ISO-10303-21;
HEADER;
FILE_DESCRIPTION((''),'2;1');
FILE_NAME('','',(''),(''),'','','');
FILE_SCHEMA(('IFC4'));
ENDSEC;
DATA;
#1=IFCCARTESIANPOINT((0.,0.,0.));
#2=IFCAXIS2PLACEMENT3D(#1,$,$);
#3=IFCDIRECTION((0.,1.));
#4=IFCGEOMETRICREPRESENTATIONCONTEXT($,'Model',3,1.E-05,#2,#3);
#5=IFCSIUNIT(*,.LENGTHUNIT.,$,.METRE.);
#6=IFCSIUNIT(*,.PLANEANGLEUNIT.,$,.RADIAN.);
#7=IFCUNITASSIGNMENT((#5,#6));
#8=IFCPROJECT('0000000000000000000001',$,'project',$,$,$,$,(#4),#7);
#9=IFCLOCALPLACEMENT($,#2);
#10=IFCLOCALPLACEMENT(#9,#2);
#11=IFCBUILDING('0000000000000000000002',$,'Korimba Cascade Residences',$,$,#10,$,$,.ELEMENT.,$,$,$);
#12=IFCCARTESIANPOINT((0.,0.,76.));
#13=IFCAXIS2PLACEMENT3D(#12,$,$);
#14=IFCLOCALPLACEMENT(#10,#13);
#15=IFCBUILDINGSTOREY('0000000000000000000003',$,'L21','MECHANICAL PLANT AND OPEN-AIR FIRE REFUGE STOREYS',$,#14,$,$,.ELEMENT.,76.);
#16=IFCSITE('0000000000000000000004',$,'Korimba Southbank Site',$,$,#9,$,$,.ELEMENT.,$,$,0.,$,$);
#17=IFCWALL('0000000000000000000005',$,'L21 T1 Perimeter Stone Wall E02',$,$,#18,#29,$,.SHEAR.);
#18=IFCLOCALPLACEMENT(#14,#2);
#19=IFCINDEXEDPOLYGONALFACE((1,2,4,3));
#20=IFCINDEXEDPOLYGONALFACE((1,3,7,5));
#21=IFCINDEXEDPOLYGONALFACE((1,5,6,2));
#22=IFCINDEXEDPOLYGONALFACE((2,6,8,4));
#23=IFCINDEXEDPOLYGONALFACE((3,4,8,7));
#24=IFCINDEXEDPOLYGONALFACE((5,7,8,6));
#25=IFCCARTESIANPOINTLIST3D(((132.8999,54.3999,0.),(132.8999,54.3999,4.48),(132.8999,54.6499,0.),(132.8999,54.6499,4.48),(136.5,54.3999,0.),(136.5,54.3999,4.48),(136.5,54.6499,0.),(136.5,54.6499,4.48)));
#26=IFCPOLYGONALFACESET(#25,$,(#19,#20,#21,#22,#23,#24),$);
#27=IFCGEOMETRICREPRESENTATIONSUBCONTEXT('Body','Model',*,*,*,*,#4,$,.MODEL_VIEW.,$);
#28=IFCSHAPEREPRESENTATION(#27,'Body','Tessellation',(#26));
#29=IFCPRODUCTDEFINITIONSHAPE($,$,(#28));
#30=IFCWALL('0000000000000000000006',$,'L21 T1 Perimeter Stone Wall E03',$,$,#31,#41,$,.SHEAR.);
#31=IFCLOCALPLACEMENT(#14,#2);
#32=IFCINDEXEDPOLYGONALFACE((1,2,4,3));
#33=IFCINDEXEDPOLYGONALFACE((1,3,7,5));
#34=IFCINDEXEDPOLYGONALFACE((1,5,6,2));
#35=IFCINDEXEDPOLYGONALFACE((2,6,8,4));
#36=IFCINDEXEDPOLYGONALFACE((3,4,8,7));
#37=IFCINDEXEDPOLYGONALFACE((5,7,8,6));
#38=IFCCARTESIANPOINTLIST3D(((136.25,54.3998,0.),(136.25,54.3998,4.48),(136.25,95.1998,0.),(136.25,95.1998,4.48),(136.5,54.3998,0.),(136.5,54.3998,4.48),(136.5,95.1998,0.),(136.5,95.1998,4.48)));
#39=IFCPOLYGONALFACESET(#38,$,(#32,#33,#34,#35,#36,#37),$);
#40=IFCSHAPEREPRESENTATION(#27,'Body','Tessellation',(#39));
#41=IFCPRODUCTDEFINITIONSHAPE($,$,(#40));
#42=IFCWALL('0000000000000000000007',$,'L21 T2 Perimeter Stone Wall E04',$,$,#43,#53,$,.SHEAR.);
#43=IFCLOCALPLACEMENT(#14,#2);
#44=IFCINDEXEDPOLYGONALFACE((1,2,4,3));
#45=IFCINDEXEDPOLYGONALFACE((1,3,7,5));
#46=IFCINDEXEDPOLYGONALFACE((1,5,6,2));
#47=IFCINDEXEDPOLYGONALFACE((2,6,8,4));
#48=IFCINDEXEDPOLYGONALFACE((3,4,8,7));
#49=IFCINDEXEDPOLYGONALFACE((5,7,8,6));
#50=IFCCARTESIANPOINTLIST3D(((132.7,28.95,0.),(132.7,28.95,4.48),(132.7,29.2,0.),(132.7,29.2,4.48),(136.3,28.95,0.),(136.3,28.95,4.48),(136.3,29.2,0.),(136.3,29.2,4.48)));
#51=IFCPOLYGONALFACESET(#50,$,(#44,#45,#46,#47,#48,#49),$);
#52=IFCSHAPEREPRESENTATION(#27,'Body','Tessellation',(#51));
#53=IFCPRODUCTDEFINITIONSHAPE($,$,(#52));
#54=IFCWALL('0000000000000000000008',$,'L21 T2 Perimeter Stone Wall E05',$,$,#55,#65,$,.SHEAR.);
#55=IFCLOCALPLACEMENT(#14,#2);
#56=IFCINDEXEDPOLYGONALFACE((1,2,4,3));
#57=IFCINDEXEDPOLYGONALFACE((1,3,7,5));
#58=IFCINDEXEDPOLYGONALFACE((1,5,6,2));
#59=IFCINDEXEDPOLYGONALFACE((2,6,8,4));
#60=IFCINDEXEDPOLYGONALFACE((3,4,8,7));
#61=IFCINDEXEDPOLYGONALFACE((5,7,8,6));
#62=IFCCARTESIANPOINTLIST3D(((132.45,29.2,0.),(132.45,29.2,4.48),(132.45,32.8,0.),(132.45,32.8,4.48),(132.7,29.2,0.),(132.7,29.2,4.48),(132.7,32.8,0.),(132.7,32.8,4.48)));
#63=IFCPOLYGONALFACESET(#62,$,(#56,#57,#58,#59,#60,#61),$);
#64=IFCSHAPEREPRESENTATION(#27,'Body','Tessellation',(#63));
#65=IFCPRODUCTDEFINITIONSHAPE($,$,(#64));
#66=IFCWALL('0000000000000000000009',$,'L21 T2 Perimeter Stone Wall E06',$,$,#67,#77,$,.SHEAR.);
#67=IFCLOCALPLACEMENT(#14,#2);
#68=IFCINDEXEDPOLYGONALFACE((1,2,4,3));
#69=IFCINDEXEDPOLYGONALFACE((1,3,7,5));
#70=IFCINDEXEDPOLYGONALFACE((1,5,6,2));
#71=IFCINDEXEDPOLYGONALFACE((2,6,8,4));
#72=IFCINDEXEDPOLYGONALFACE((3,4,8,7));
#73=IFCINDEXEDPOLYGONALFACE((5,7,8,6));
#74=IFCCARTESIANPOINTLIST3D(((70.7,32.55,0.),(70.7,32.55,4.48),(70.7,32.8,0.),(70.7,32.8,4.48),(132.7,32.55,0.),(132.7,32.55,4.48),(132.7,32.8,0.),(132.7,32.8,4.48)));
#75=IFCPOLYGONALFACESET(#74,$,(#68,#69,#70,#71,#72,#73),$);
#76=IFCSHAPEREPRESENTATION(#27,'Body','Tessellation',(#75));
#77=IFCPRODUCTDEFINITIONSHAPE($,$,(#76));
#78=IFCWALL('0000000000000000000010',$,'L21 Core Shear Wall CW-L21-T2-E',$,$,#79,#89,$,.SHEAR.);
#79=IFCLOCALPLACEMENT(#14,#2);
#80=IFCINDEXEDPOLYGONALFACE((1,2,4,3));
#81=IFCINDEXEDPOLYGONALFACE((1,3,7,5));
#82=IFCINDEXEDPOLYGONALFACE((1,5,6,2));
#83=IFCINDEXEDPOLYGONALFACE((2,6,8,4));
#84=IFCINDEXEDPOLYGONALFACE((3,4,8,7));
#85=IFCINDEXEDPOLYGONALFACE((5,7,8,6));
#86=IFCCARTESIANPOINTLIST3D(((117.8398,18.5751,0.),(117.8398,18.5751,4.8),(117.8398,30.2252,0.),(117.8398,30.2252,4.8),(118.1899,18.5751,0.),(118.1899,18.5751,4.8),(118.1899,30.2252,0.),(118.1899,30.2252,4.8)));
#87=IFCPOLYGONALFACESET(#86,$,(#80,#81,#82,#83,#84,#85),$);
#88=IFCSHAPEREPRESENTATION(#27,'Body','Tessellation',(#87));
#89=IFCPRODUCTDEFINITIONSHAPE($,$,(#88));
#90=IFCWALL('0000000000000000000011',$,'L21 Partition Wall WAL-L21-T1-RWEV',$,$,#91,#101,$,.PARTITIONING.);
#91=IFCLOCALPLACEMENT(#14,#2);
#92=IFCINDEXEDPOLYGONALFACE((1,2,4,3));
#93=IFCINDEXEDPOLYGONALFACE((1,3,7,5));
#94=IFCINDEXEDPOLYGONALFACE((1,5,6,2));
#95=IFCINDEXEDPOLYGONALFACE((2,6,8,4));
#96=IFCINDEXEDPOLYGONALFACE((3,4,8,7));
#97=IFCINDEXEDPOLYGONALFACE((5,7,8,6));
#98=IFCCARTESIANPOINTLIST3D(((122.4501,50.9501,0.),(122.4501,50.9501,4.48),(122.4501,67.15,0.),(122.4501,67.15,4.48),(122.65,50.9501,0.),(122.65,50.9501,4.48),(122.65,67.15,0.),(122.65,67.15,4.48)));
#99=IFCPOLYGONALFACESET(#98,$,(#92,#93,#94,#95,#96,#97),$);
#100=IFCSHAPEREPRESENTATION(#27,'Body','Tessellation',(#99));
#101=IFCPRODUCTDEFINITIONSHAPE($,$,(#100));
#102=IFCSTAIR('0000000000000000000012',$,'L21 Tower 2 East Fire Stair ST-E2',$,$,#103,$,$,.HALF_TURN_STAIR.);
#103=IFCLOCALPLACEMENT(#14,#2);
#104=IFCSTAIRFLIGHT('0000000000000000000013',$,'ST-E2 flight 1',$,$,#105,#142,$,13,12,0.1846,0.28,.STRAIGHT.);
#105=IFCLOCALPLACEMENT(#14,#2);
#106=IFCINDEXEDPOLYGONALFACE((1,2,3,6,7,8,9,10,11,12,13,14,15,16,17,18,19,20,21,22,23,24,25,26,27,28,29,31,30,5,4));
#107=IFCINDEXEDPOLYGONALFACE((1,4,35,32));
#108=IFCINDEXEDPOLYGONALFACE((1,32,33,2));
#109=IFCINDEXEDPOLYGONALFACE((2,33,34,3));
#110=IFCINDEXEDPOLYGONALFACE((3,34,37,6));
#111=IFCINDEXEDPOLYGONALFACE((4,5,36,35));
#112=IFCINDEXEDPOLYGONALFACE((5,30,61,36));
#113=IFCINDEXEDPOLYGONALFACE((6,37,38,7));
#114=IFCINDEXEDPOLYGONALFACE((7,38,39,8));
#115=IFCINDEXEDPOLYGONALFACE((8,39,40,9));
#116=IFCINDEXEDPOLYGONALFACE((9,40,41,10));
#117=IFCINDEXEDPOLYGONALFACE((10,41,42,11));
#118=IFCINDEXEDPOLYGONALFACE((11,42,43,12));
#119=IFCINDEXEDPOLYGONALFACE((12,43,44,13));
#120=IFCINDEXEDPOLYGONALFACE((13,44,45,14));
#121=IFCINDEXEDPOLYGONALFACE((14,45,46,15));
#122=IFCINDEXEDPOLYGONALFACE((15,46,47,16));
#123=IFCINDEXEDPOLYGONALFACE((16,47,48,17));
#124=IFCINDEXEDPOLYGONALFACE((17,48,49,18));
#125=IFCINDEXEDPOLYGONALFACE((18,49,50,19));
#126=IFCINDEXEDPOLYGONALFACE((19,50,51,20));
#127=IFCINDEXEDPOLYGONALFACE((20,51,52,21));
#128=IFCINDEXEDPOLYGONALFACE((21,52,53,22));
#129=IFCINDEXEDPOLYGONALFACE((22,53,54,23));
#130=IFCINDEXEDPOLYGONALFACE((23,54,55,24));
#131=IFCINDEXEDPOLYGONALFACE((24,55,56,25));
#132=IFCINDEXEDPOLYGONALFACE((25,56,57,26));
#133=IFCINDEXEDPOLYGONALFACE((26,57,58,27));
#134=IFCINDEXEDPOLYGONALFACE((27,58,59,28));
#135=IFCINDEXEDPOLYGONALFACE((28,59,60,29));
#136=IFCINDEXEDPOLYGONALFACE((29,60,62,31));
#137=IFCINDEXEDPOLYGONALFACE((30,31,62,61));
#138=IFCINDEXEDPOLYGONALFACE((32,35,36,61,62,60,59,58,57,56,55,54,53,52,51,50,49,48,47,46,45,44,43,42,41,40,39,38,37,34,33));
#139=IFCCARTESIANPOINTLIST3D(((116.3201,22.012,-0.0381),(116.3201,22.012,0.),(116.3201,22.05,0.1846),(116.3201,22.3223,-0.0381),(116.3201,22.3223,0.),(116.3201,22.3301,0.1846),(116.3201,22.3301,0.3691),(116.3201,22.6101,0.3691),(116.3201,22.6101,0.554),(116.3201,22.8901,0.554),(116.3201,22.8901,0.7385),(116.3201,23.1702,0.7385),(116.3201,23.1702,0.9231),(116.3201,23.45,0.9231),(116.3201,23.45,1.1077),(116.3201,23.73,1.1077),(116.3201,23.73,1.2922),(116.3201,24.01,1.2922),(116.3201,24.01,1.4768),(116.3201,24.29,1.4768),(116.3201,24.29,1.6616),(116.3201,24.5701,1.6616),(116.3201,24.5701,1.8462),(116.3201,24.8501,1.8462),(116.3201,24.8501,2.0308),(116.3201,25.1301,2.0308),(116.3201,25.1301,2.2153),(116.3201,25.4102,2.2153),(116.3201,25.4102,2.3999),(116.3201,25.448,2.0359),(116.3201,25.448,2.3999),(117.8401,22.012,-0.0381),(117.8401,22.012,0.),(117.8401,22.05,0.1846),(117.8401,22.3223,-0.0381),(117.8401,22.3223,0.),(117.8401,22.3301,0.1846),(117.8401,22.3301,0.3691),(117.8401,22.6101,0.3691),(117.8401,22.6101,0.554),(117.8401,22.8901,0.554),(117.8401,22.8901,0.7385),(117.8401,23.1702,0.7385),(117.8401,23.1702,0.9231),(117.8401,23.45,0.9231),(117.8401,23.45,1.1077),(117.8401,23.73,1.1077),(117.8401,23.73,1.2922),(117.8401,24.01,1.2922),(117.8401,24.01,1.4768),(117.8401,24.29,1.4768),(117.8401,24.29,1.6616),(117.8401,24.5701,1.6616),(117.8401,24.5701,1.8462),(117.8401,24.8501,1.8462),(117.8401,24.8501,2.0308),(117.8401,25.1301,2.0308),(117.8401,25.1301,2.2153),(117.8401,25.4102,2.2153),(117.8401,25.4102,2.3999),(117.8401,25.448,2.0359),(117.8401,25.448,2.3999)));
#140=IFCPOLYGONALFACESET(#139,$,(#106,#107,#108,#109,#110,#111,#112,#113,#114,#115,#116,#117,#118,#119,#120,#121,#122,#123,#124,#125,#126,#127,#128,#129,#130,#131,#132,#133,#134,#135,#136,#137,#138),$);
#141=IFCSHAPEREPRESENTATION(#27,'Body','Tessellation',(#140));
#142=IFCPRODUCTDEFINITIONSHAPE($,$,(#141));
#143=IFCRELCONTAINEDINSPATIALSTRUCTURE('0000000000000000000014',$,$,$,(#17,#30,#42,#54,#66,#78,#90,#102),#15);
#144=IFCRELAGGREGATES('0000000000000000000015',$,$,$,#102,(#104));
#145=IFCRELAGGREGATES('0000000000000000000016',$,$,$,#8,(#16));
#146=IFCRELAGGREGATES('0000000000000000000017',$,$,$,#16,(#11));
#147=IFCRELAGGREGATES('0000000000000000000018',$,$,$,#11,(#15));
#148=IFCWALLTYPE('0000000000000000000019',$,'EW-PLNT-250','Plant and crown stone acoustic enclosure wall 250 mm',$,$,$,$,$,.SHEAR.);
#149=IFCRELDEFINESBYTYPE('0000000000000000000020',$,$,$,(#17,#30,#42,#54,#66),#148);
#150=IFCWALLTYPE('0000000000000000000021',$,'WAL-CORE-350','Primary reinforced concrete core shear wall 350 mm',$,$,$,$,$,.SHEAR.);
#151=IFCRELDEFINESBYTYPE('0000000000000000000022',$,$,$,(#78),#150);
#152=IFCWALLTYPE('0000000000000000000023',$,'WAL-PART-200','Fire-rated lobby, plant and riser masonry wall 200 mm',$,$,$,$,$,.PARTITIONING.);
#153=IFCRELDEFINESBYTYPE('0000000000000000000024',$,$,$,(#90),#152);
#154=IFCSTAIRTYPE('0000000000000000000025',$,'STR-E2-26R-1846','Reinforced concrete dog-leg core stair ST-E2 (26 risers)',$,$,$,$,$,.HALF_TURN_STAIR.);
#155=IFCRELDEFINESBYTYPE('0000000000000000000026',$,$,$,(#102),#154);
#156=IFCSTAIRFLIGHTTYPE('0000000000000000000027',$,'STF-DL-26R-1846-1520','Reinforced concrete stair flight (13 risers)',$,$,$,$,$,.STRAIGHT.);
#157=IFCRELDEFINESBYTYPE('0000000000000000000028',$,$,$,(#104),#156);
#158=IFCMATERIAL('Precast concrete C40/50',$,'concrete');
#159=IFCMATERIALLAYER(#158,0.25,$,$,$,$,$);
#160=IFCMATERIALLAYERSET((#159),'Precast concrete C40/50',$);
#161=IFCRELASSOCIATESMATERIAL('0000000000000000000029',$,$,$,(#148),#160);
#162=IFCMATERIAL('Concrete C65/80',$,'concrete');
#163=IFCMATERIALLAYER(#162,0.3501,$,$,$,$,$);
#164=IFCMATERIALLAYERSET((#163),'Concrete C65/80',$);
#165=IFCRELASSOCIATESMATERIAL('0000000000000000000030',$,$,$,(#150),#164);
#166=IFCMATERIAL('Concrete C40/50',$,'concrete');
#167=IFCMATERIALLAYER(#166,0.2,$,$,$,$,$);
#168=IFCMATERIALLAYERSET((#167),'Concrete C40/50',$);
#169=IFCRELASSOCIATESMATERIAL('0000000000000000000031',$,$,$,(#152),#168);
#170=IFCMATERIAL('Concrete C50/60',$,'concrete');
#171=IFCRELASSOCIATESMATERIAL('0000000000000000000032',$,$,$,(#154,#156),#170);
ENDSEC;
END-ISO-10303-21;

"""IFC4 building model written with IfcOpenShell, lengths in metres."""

from ifc_helpers import new_model, si_unit, direction, frame, frame_2d, origin, place, context, subcontext, project, spatial, polyline, rectangle, outline, extrude, material, layer, layer_set, type_object, element, aggregate, save


model = new_model("IFC4")

# Units and contexts
model_context = context("Model", 3, precision=1e-05, world=origin(), true_north=direction((0.0, 1.0)))
body_context = subcontext(model_context, "Body", "Model", "MODEL_VIEW")
ifc_project = project(units=[si_unit("LENGTHUNIT", "METRE"), si_unit("PLANEANGLEUNIT", "RADIAN")], contexts=[model_context])

# Site, building, storey
site_placement = place(None, origin())
site = spatial("IfcSite", under=ifc_project, at=site_placement, Name="Korimba Southbank Site", CompositionType="ELEMENT", RefElevation=0.0)
building_placement = place(site_placement, origin())
building = spatial("IfcBuilding", under=site, at=building_placement, Name="Korimba Cascade Residences", CompositionType="ELEMENT")
storey_placement = place(building_placement, frame((0.0, 0.0, 76.0)))
storey = spatial("IfcBuildingStorey", under=building, at=storey_placement, Name="L21", Description="MECHANICAL PLANT AND OPEN-AIR FIRE REFUGE STOREYS", CompositionType="ELEMENT", Elevation=76.0)

# Shared definitions
ifc_material_1 = material(Name="Concrete C65/80", Category="concrete")

# Walls
ifc_material_2 = material(Name="Precast concrete C40/50", Category="concrete")
ifc_layer_1 = layer(ifc_material_2, 0.25)
ifc_layer_set_1 = layer_set([ifc_layer_1], Name="Precast concrete C40/50")
wall_type_1 = type_object("IfcWallType", Name="EW-PLNT-250", Description="Plant and crown stone acoustic enclosure wall 250 mm", PredefinedType="SHEAR", material=ifc_layer_set_1)
wall_1_placement = place(storey_placement, frame((132.8999, 54.5249, 0.0), z_axis=(0.0, 0.0, 1.0), x_axis=(1.0, 0.0, 0.0)))
element("IfcWall", 1, at=wall_1_placement, inside=storey, type_object=wall_type_1, Name="L21 T1 Perimeter Stone Wall E02", PredefinedType="SHEAR", context=body_context, shape_type="SweptSolid", body=[
    extrude(rectangle(XDim=3.6001, YDim=0.25, at=frame_2d((1.8, 0.0))), origin(), (0.0, 0.0, 1.0), 4.48),
])
wall_2_placement = place(storey_placement, frame((136.375, 54.3999, 0.0), z_axis=(0.0, 0.0, 1.0), x_axis=(0.0, 1.0, 0.0)))
element("IfcWall", 2, at=wall_2_placement, inside=storey, type_object=wall_type_1, Name="L21 T1 Perimeter Stone Wall E03", PredefinedType="SHEAR", context=body_context, shape_type="SweptSolid", body=[
    extrude(rectangle(XDim=40.8, YDim=0.25, at=frame_2d((20.3999, 0.0))), origin(), (0.0, 0.0, 1.0), 4.48),
])
for number, where, z_axis, x_axis, name in (
    (3, (136.3, 29.075, 0.0), (0.0, 0.0, 1.0), (-1.0, 0.0, 0.0), "L21 T2 Perimeter Stone Wall E04"),
    (4, (132.575, 29.2, 0.0), (0.0, 0.0, 1.0), (0.0, 1.0, 0.0), "L21 T2 Perimeter Stone Wall E05"),
):
    element("IfcWall", number, at=place(storey_placement, frame(where, z_axis=z_axis, x_axis=x_axis)), inside=storey, type_object=wall_type_1, Name=name, PredefinedType="SHEAR", context=body_context, shape_type="SweptSolid", body=[
        extrude(rectangle(XDim=3.6001, YDim=0.25, at=frame_2d((1.8, 0.0))), origin(), (0.0, 0.0, 1.0), 4.48),
    ])
wall_3_placement = place(storey_placement, frame((132.7, 32.675, 0.0), z_axis=(0.0, 0.0, 1.0), x_axis=(-1.0, 0.0, 0.0)))
element("IfcWall", 5, at=wall_3_placement, inside=storey, type_object=wall_type_1, Name="L21 T2 Perimeter Stone Wall E06", PredefinedType="SHEAR", context=body_context, shape_type="SweptSolid", body=[
    extrude(rectangle(XDim=62.0, YDim=0.25, at=frame_2d((31.0, 0.0))), origin(), (0.0, 0.0, 1.0), 4.48),
])
ifc_layer_2 = layer(ifc_material_1, 0.3501)
ifc_layer_set_2 = layer_set([ifc_layer_2], Name="Concrete C65/80")
wall_type_2 = type_object("IfcWallType", Name="WAL-CORE-350", Description="Primary reinforced concrete core shear wall 350 mm", PredefinedType="SHEAR", material=ifc_layer_set_2)
wall_4_placement = place(storey_placement, frame((118.0149, 18.575, 0.0), z_axis=(0.0, 0.0, 1.0), x_axis=(0.0, 1.0, 0.0)))
element("IfcWall", 6, at=wall_4_placement, inside=storey, type_object=wall_type_2, Name="L21 Core Shear Wall CW-L21-T2-E", PredefinedType="SHEAR", context=body_context, shape_type="SweptSolid", body=[
    extrude(rectangle(XDim=11.6501, YDim=0.3501, at=frame_2d((5.8252, 0.0))), origin(), (0.0, 0.0, 1.0), 4.8),
])
ifc_material_3 = material(Name="Concrete C40/50", Category="concrete")
ifc_layer_3 = layer(ifc_material_3, 0.2)
ifc_layer_set_3 = layer_set([ifc_layer_3], Name="Concrete C40/50")
wall_type_3 = type_object("IfcWallType", Name="WAL-PART-200", Description="Fire-rated lobby, plant and riser masonry wall 200 mm", PredefinedType="PARTITIONING", material=ifc_layer_set_3)
wall_5_placement = place(storey_placement, frame((122.55, 50.95, 0.0), z_axis=(0.0, 0.0, 1.0), x_axis=(0.0, 1.0, 0.0)))
element("IfcWall", 7, at=wall_5_placement, inside=storey, type_object=wall_type_3, Name="L21 Partition Wall WAL-L21-T1-RWEV", PredefinedType="PARTITIONING", context=body_context, shape_type="SweptSolid", body=[
    extrude(rectangle(XDim=16.2, YDim=0.2, at=frame_2d((8.1001, 0.0))), origin(), (0.0, 0.0, 1.0), 4.48),
])

# Stair, stair flight
ifc_material_4 = material(Name="Concrete C50/60", Category="concrete")
stair_type = type_object("IfcStairType", Name="STR-E2-26R-1846", Description="Reinforced concrete dog-leg core stair ST-E2 (26 risers)", PredefinedType="HALF_TURN_STAIR", material=ifc_material_4)
stair_placement = place(storey_placement, origin())
stair = element("IfcStair", 8, at=stair_placement, inside=storey, type_object=stair_type, Name="L21 Tower 2 East Fire Stair ST-E2", PredefinedType="HALF_TURN_STAIR")
stair_flight_type = type_object("IfcStairFlightType", Name="STF-DL-26R-1846-1520", Description="Reinforced concrete stair flight (13 risers)", PredefinedType="STRAIGHT", material=ifc_material_4)
stair_flight_placement = place(storey_placement, frame((117.0801, 22.05, 0.0), z_axis=(0.0, 0.0, 1.0), x_axis=(0.0, 1.0, 0.0)))
stair_flight = element("IfcStairFlight", 9, at=stair_flight_placement, type_object=stair_flight_type, Name="ST-E2 flight 1", NumberOfRisers=13, NumberOfTreads=12, PredefinedType="STRAIGHT", RiserHeight=0.1846, TreadLength=0.28, context=body_context, shape_type="SweptSolid", body=[
    extrude(outline(polyline([(-0.0381, 0.0), (0.0, 0.1846), (0.28, 0.1846), (0.28, 0.3691), (0.5601, 0.3691), (0.5601, 0.554), (0.8401, 0.554), (0.8401, 0.7385), (1.1201, 0.7385), (1.1201, 0.9231), (1.3999, 0.9231), (1.3999, 1.1077), (1.6799, 1.1077), (1.6799, 1.2922), (1.96, 1.2922), (1.96, 1.4768), (2.24, 1.4768), (2.24, 1.6616), (2.52, 1.6616), (2.52, 1.8462), (2.8, 1.8462), (2.8, 2.0308), (3.0801, 2.0308), (3.0801, 2.2153), (3.3601, 2.2153), (3.3601, 2.3999), (3.3979, 2.3999), (3.3979, 2.0359), (0.2722, 0.0), (0.2722, -0.0381), (-0.0381, -0.0381), (-0.0381, 0.0)])), frame((0.0, 0.76, 0.0), z_axis=(0.0, -1.0, 0.0), x_axis=(1.0, 0.0, 0.0)), (0.0, 0.0, 1.0), 1.52),
])
aggregate(stair, [stair_flight])

save(model, "model.ifc")
